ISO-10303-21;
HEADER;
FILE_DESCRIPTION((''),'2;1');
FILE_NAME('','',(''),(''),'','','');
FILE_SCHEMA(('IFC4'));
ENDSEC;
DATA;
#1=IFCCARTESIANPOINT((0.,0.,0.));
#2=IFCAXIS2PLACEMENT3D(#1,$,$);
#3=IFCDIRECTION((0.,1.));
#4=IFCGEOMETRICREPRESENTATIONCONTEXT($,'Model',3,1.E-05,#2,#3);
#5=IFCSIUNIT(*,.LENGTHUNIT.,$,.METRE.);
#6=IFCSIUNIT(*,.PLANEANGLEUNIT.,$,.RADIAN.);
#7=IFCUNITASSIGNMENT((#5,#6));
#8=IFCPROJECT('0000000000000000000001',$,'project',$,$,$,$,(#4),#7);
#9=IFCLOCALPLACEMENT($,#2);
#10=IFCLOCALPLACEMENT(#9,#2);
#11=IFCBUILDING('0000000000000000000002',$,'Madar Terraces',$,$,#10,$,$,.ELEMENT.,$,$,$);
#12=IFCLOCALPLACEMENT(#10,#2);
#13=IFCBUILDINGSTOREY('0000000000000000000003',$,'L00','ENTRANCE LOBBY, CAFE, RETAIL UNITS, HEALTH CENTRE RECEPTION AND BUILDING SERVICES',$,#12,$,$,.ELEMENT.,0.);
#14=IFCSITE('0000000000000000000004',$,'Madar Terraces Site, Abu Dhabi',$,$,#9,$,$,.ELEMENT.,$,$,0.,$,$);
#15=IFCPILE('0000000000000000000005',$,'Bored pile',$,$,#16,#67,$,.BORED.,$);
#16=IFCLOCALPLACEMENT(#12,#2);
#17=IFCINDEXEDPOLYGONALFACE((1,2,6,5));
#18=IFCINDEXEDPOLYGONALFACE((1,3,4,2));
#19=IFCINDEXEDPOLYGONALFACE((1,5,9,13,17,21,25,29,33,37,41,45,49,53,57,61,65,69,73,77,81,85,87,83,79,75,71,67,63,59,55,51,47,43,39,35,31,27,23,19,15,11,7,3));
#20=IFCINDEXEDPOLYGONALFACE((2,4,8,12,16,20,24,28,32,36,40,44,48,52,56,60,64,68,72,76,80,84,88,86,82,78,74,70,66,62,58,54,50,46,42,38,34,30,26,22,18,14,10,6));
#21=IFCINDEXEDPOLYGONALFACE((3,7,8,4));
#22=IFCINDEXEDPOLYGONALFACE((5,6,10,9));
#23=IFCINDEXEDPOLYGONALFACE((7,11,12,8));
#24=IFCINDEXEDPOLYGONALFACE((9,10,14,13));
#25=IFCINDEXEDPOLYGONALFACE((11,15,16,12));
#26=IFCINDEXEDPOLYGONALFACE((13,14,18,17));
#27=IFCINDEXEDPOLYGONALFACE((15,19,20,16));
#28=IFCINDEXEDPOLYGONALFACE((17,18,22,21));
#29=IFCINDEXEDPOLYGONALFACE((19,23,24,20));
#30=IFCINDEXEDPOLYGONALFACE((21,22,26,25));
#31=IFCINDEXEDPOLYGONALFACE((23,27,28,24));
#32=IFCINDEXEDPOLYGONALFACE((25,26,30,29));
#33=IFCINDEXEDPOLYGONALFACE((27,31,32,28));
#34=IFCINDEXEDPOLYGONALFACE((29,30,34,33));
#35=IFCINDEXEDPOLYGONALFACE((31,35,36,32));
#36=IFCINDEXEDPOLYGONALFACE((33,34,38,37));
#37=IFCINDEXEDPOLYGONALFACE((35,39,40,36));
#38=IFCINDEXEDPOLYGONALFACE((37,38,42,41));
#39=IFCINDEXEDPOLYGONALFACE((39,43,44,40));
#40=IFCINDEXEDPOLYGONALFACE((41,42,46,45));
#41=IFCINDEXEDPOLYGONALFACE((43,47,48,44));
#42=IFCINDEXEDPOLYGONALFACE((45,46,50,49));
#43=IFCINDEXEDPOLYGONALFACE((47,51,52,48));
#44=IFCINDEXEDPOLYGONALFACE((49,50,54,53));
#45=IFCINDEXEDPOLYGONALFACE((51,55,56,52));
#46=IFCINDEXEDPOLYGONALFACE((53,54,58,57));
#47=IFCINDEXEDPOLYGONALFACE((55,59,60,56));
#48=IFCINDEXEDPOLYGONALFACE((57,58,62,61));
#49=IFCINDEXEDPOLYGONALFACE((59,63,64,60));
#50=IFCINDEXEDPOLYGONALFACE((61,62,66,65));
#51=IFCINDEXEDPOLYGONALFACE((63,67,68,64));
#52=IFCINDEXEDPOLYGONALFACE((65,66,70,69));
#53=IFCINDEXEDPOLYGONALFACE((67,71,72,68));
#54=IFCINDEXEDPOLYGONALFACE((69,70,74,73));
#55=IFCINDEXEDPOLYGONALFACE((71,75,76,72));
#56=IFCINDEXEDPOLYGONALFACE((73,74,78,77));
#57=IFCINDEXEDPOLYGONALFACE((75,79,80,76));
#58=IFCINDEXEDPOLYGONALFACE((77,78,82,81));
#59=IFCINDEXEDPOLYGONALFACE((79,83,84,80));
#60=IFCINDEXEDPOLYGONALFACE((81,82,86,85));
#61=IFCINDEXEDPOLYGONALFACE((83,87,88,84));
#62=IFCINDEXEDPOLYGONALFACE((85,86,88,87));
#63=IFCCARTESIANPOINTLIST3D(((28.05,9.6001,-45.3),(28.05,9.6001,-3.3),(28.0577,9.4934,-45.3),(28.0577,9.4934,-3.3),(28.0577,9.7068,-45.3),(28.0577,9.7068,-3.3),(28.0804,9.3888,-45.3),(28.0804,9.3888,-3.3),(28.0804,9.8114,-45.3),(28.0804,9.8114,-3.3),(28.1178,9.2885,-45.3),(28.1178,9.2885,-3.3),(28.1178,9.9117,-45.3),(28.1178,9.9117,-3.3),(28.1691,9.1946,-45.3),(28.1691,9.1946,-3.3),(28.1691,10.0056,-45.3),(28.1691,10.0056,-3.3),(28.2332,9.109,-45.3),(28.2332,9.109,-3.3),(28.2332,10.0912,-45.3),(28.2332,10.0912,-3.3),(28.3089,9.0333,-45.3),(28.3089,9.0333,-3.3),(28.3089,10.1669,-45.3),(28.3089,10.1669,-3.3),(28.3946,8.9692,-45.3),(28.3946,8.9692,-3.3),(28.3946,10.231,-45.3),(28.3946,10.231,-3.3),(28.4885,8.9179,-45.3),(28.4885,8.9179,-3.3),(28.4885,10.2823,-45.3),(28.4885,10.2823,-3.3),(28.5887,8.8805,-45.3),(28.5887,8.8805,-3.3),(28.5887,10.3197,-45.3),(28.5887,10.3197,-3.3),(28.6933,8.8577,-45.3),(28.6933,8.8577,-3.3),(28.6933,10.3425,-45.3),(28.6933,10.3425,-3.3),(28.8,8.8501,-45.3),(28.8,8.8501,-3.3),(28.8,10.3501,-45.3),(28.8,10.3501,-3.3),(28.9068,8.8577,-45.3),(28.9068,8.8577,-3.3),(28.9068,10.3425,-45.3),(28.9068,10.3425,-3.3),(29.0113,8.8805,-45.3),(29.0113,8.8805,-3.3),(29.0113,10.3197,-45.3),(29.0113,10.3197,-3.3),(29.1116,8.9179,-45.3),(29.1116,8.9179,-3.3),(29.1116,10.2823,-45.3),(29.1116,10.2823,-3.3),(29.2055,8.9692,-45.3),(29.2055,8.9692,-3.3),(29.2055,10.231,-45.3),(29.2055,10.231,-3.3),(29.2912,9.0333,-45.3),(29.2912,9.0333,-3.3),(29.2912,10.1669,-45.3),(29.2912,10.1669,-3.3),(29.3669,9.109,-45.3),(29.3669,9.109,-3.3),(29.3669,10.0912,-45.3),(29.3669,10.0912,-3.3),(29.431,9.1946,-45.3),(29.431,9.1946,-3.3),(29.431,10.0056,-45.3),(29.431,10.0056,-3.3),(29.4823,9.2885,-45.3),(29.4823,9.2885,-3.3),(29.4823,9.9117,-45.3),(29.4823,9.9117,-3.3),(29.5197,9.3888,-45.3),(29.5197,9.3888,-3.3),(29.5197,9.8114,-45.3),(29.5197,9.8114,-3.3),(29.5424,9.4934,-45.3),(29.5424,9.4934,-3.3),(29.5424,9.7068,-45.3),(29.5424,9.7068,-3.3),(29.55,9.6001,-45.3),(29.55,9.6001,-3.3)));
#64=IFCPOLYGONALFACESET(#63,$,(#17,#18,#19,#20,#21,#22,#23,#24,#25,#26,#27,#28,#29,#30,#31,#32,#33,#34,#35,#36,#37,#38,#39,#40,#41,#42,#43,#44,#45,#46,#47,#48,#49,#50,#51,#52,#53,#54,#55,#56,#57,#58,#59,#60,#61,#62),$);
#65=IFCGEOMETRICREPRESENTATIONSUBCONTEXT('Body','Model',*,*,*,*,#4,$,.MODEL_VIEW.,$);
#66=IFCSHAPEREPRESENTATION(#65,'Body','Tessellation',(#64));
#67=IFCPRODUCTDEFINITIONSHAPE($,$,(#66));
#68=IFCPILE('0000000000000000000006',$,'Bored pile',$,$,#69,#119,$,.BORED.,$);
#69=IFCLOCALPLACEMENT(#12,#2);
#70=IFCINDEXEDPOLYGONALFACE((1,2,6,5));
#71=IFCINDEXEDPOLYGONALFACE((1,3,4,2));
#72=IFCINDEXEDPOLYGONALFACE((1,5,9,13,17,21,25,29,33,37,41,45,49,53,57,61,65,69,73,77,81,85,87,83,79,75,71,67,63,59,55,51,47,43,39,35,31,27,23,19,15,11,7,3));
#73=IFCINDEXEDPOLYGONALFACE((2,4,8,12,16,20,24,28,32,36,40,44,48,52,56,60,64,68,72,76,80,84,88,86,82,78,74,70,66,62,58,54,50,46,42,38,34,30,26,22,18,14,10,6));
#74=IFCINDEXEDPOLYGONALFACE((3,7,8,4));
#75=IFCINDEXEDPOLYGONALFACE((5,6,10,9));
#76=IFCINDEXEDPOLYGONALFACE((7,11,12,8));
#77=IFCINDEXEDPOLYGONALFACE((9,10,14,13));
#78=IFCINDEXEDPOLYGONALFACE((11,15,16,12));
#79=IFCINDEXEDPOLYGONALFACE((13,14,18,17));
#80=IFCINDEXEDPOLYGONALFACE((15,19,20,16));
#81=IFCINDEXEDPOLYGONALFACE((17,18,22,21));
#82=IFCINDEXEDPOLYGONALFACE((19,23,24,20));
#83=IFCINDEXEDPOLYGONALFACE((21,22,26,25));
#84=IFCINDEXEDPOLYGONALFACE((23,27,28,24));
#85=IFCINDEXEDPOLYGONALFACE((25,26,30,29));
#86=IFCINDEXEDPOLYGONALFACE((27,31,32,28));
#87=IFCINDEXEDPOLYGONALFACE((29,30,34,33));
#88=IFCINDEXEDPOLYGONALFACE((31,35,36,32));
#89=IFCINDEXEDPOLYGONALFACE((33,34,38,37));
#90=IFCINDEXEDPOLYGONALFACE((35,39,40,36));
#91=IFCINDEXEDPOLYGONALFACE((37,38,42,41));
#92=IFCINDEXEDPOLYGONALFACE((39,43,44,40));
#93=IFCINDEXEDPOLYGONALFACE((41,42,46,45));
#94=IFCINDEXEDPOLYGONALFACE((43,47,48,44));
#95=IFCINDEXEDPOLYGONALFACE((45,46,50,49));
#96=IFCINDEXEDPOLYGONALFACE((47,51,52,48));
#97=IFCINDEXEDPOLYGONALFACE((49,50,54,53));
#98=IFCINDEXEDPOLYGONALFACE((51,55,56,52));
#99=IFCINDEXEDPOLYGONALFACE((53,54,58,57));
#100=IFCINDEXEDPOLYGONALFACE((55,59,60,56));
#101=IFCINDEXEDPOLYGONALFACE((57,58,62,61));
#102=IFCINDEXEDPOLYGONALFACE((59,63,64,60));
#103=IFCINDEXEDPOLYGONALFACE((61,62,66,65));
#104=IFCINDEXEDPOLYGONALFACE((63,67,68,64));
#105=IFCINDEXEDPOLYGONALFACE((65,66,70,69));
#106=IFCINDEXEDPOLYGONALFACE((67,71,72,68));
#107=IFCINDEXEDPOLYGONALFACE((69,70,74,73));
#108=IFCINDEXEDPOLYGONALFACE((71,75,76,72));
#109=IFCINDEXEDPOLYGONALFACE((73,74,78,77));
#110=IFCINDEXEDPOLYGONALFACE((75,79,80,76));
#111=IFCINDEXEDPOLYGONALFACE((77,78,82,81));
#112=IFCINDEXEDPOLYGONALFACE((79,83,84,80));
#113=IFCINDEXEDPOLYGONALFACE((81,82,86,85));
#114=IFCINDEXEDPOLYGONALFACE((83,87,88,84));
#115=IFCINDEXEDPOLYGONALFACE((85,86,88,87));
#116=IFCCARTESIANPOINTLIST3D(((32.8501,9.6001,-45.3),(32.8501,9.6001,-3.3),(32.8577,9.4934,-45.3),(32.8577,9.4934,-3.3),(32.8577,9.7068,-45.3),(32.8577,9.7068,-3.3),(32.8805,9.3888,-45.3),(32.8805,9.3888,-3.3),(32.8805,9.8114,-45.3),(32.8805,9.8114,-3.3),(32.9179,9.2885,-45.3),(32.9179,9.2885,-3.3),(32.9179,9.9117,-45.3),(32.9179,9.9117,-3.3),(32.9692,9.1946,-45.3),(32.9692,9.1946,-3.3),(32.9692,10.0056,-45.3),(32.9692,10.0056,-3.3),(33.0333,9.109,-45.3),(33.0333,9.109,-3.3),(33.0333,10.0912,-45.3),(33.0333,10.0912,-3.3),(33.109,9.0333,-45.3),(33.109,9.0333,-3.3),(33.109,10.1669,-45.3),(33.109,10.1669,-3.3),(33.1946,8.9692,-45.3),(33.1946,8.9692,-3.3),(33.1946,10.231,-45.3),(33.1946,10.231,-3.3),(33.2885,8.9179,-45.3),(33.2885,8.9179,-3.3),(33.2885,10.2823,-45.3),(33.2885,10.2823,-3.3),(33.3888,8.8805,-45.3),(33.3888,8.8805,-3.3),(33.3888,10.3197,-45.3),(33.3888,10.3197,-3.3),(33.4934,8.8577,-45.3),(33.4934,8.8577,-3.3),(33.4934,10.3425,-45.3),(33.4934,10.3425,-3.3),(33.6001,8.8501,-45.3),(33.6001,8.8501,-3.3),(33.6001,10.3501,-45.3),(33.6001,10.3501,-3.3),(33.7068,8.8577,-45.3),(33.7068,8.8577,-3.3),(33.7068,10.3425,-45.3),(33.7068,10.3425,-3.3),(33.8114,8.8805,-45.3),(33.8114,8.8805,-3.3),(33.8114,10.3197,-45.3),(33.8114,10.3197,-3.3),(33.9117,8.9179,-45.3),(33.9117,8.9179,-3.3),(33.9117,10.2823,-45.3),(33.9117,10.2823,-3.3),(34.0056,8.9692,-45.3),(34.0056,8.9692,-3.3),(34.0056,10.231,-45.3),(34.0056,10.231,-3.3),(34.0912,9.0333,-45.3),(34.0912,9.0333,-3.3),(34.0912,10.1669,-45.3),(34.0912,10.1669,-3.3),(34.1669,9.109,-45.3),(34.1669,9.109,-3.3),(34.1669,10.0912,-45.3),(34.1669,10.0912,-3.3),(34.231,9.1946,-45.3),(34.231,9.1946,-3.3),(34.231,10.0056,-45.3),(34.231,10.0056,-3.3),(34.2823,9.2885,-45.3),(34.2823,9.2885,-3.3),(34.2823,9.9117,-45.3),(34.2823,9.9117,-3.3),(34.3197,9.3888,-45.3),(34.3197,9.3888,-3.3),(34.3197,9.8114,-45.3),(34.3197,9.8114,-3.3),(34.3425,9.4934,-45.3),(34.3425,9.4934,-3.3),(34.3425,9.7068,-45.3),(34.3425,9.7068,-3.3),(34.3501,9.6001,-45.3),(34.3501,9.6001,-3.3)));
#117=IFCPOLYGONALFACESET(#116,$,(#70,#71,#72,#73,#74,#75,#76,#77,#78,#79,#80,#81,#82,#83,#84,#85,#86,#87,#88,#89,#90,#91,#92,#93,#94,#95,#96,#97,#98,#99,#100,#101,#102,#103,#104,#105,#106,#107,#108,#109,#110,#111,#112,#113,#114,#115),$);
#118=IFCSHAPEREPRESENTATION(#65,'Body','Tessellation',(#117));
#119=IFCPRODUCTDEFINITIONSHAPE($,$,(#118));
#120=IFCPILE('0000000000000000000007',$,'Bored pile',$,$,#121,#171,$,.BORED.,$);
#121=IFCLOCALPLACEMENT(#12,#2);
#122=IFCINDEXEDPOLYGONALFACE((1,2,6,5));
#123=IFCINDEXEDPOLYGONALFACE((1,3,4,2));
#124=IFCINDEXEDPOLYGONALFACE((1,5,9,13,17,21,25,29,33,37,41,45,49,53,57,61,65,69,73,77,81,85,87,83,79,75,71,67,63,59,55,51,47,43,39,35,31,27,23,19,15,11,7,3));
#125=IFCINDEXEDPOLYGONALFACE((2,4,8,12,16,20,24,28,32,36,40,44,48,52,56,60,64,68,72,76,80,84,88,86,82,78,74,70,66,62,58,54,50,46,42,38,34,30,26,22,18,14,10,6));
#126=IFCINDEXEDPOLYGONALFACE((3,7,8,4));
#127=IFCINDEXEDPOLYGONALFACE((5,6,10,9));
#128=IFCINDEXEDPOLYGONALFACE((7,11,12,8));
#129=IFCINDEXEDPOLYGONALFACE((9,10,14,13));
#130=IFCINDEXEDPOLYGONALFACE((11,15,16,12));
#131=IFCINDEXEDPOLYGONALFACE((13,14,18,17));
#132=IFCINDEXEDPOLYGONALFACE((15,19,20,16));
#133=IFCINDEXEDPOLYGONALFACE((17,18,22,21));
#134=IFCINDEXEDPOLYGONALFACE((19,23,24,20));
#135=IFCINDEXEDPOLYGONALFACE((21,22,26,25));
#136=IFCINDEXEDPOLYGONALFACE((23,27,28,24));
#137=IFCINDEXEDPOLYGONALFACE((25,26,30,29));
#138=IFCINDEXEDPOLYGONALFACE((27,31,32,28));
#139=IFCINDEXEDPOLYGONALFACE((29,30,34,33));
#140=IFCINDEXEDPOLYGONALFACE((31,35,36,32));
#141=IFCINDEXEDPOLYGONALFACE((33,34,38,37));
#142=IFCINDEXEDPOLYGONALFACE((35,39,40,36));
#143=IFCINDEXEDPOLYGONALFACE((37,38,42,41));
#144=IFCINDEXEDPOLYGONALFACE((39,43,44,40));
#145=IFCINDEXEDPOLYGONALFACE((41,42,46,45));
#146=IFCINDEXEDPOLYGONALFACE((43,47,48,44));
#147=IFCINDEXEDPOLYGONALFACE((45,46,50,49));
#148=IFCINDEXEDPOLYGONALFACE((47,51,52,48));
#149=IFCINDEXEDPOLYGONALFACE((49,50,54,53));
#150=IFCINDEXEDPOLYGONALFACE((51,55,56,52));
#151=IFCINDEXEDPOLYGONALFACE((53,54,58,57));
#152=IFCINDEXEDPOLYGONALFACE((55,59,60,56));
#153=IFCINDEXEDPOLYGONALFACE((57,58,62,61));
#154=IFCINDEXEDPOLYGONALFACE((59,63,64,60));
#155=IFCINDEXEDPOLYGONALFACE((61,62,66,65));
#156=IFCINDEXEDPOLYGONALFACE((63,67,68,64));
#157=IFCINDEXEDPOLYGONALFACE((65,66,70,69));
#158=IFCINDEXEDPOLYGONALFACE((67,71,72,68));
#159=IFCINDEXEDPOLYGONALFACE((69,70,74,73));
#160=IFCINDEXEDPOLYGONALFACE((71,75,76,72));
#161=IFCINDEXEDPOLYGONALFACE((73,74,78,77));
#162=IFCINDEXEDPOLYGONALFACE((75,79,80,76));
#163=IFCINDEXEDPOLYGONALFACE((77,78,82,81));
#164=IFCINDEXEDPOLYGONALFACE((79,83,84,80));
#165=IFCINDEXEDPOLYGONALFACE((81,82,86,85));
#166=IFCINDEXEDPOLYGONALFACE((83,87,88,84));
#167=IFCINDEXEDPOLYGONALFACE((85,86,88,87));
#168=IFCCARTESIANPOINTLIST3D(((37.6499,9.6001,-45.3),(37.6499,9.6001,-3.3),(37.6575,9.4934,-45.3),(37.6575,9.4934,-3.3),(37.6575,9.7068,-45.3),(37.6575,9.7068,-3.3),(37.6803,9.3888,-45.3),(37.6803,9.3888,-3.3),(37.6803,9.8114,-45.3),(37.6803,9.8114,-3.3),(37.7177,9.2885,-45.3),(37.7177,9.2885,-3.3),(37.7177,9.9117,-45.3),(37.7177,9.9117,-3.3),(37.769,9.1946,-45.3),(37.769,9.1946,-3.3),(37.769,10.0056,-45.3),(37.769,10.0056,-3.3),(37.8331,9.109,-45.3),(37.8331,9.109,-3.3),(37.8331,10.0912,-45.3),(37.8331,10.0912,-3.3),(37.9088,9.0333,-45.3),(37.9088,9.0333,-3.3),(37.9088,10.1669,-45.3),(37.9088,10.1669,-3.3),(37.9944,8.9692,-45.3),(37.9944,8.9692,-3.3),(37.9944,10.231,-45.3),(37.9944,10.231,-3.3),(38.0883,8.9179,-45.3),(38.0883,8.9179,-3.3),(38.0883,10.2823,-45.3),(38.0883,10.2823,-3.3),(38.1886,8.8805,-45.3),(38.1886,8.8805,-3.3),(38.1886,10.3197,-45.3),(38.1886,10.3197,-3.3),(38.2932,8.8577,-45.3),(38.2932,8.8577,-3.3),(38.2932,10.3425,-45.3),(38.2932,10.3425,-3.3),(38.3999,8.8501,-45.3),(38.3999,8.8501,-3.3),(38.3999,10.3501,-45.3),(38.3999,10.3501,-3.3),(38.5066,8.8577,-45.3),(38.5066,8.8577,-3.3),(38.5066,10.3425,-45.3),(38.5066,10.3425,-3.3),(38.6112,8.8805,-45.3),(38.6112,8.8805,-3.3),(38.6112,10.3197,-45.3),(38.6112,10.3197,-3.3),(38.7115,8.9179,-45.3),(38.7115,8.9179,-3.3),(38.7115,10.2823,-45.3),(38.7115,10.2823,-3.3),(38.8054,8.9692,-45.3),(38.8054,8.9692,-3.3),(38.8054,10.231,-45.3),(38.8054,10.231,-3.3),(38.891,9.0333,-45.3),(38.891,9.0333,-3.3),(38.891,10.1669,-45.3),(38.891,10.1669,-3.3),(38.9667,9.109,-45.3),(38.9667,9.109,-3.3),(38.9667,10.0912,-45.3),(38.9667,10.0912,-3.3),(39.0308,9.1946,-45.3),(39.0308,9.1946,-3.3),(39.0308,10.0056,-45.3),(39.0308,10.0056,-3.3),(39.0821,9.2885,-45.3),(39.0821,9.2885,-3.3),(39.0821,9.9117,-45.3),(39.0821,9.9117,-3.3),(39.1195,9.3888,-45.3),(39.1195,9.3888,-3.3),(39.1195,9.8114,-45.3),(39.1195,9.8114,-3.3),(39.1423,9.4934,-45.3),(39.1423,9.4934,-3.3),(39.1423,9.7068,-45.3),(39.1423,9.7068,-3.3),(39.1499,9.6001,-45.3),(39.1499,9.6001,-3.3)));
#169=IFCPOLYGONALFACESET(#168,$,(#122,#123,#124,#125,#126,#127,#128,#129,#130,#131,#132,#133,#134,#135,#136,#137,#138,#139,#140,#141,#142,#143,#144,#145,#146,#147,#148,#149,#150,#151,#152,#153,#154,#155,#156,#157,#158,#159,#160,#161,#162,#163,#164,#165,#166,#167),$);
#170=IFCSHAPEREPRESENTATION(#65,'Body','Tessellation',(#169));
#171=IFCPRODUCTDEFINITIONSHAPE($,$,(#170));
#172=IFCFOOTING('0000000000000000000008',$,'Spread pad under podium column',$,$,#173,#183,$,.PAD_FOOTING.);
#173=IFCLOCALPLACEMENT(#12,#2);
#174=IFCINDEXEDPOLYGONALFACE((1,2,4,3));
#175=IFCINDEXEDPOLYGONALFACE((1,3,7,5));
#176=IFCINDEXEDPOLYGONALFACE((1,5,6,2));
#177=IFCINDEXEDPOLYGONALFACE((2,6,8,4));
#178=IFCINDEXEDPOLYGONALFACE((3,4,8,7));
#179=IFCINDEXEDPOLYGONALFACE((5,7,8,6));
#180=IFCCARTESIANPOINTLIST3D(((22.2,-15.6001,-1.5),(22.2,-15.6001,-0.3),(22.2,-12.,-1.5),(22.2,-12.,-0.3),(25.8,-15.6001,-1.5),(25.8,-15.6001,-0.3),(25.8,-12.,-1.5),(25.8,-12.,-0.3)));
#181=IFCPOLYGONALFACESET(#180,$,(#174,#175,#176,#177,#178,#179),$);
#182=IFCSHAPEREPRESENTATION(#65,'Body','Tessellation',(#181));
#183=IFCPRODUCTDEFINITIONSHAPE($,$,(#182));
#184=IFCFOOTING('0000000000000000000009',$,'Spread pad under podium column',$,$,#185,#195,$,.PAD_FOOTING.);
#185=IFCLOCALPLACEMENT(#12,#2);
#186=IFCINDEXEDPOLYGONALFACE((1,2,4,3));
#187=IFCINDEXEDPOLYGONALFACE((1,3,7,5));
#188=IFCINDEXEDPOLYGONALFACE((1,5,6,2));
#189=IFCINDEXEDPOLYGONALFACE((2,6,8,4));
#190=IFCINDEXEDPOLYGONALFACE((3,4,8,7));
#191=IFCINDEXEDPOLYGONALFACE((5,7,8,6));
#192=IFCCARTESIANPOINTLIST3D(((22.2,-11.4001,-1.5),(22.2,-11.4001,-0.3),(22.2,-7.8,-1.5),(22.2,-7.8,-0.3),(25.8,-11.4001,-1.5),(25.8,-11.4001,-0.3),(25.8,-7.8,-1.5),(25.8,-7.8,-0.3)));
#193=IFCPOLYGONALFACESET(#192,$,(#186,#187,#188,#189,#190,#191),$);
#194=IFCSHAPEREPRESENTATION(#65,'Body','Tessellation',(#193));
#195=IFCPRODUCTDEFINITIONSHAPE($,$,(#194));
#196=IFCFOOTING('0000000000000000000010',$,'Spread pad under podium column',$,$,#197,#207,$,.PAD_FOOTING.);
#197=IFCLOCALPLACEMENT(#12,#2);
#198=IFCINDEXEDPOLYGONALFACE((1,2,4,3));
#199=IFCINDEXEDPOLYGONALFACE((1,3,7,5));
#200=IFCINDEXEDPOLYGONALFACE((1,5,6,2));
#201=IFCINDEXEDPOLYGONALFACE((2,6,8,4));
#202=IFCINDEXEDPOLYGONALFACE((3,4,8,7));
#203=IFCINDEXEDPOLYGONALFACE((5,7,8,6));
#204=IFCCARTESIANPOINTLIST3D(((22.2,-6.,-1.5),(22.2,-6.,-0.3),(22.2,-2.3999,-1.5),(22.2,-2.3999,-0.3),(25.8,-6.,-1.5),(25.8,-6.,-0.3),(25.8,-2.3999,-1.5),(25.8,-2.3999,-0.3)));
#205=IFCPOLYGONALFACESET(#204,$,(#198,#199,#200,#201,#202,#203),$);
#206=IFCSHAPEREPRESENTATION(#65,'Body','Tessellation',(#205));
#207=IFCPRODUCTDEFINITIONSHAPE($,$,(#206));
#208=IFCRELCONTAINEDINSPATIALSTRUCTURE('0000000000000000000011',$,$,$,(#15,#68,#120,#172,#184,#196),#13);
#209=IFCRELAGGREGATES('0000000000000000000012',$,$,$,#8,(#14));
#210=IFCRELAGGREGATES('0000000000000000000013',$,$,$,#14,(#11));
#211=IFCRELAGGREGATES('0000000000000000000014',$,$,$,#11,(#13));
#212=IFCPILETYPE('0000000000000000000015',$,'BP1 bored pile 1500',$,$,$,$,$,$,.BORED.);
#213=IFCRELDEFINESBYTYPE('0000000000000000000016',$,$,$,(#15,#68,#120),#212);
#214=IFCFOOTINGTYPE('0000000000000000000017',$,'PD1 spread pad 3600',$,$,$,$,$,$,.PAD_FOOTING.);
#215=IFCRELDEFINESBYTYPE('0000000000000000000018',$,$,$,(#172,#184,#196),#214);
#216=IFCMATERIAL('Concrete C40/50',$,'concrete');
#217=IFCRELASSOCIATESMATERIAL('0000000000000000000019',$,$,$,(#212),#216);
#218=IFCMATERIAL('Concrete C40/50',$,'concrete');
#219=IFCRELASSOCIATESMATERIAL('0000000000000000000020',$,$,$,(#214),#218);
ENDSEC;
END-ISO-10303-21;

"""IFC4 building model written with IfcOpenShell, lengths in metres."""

from ifc_helpers import new_model, si_unit, direction, frame, origin, origin_2d, place, context, subcontext, project, spatial, rectangle, circle, extrude, material, material_profile, profile_set, type_object, element, save


model = new_model("IFC4")

# Units and contexts
model_context = context("Model", 3, precision=1e-05, world=origin(), true_north=direction((0.0, 1.0)))
body_context = subcontext(model_context, "Body", "Model", "MODEL_VIEW")
ifc_project = project(units=[si_unit("LENGTHUNIT", "METRE"), si_unit("PLANEANGLEUNIT", "RADIAN")], contexts=[model_context])

# Site, building, storey
site_placement = place(None, origin())
site = spatial("IfcSite", under=ifc_project, at=site_placement, Name="Madar Terraces Site, Abu Dhabi", CompositionType="ELEMENT", RefElevation=0.0)
building_placement = place(site_placement, origin())
building = spatial("IfcBuilding", under=site, at=building_placement, Name="Madar Terraces", CompositionType="ELEMENT")
storey_placement = place(building_placement, origin())
storey = spatial("IfcBuildingStorey", under=building, at=storey_placement, Name="L00", Description="ENTRANCE LOBBY, CAFE, RETAIL UNITS, HEALTH CENTRE RECEPTION AND BUILDING SERVICES", CompositionType="ELEMENT", Elevation=0.0)

# Piles
ifc_material_1 = material(Name="Concrete C40/50", Category="concrete")
ifc_material_profile_1 = material_profile(ifc_material_1, circle(Radius=0.75, at=origin_2d()), Name="BP1 bored pile 1500")
ifc_profile_set_1 = profile_set([ifc_material_profile_1], Name="Concrete C40/50")
pile_type = type_object("IfcPileType", Name="BP1 bored pile 1500", PredefinedType="BORED", material=ifc_profile_set_1)
for number, where, z_axis, x_axis, name in (
    (1, (28.8, 9.6001, -3.3), (0.0, 0.0, -1.0), (1.0, 0.0, 0.0), "Bored pile"),
    (2, (33.6001, 9.6001, -3.3), (0.0, 0.0, -1.0), (1.0, 0.0, 0.0), "Bored pile"),
    (3, (38.3999, 9.6001, -3.3), (0.0, 0.0, -1.0), (1.0, 0.0, 0.0), "Bored pile"),
):
    element("IfcPile", number, at=place(storey_placement, frame(where, z_axis=z_axis, x_axis=x_axis)), inside=storey, type_object=pile_type, Name=name, PredefinedType="BORED", context=body_context, shape_type="SweptSolid", body=[
        extrude(circle(Radius=0.75, at=origin_2d()), origin(), (0.0, 0.0, 1.0), 42.0),
    ])

# Footings
ifc_material_2 = material(Name="Concrete C40/50", Category="concrete")
footing_type = type_object("IfcFootingType", Name="PD1 spread pad 3600", PredefinedType="PAD_FOOTING", material=ifc_material_2)
for number, where, z_axis, x_axis, name in (
    (4, (24.0, -13.8, -1.5), (0.0, 0.0, 1.0), (1.0, 0.0, 0.0), "Spread pad under podium column"),
    (5, (24.0, -9.6001, -1.5), (0.0, 0.0, 1.0), (1.0, 0.0, 0.0), "Spread pad under podium column"),
    (6, (24.0, -4.2, -1.5), (0.0, 0.0, 1.0), (1.0, 0.0, 0.0), "Spread pad under podium column"),
):
    element("IfcFooting", number, at=place(storey_placement, frame(where, z_axis=z_axis, x_axis=x_axis)), inside=storey, type_object=footing_type, Name=name, PredefinedType="PAD_FOOTING", context=body_context, shape_type="SweptSolid", body=[
        extrude(rectangle(XDim=3.6001, YDim=3.6001, at=origin_2d()), origin(), (0.0, 0.0, 1.0), 1.2),
    ])

save(model, "model.ifc")
